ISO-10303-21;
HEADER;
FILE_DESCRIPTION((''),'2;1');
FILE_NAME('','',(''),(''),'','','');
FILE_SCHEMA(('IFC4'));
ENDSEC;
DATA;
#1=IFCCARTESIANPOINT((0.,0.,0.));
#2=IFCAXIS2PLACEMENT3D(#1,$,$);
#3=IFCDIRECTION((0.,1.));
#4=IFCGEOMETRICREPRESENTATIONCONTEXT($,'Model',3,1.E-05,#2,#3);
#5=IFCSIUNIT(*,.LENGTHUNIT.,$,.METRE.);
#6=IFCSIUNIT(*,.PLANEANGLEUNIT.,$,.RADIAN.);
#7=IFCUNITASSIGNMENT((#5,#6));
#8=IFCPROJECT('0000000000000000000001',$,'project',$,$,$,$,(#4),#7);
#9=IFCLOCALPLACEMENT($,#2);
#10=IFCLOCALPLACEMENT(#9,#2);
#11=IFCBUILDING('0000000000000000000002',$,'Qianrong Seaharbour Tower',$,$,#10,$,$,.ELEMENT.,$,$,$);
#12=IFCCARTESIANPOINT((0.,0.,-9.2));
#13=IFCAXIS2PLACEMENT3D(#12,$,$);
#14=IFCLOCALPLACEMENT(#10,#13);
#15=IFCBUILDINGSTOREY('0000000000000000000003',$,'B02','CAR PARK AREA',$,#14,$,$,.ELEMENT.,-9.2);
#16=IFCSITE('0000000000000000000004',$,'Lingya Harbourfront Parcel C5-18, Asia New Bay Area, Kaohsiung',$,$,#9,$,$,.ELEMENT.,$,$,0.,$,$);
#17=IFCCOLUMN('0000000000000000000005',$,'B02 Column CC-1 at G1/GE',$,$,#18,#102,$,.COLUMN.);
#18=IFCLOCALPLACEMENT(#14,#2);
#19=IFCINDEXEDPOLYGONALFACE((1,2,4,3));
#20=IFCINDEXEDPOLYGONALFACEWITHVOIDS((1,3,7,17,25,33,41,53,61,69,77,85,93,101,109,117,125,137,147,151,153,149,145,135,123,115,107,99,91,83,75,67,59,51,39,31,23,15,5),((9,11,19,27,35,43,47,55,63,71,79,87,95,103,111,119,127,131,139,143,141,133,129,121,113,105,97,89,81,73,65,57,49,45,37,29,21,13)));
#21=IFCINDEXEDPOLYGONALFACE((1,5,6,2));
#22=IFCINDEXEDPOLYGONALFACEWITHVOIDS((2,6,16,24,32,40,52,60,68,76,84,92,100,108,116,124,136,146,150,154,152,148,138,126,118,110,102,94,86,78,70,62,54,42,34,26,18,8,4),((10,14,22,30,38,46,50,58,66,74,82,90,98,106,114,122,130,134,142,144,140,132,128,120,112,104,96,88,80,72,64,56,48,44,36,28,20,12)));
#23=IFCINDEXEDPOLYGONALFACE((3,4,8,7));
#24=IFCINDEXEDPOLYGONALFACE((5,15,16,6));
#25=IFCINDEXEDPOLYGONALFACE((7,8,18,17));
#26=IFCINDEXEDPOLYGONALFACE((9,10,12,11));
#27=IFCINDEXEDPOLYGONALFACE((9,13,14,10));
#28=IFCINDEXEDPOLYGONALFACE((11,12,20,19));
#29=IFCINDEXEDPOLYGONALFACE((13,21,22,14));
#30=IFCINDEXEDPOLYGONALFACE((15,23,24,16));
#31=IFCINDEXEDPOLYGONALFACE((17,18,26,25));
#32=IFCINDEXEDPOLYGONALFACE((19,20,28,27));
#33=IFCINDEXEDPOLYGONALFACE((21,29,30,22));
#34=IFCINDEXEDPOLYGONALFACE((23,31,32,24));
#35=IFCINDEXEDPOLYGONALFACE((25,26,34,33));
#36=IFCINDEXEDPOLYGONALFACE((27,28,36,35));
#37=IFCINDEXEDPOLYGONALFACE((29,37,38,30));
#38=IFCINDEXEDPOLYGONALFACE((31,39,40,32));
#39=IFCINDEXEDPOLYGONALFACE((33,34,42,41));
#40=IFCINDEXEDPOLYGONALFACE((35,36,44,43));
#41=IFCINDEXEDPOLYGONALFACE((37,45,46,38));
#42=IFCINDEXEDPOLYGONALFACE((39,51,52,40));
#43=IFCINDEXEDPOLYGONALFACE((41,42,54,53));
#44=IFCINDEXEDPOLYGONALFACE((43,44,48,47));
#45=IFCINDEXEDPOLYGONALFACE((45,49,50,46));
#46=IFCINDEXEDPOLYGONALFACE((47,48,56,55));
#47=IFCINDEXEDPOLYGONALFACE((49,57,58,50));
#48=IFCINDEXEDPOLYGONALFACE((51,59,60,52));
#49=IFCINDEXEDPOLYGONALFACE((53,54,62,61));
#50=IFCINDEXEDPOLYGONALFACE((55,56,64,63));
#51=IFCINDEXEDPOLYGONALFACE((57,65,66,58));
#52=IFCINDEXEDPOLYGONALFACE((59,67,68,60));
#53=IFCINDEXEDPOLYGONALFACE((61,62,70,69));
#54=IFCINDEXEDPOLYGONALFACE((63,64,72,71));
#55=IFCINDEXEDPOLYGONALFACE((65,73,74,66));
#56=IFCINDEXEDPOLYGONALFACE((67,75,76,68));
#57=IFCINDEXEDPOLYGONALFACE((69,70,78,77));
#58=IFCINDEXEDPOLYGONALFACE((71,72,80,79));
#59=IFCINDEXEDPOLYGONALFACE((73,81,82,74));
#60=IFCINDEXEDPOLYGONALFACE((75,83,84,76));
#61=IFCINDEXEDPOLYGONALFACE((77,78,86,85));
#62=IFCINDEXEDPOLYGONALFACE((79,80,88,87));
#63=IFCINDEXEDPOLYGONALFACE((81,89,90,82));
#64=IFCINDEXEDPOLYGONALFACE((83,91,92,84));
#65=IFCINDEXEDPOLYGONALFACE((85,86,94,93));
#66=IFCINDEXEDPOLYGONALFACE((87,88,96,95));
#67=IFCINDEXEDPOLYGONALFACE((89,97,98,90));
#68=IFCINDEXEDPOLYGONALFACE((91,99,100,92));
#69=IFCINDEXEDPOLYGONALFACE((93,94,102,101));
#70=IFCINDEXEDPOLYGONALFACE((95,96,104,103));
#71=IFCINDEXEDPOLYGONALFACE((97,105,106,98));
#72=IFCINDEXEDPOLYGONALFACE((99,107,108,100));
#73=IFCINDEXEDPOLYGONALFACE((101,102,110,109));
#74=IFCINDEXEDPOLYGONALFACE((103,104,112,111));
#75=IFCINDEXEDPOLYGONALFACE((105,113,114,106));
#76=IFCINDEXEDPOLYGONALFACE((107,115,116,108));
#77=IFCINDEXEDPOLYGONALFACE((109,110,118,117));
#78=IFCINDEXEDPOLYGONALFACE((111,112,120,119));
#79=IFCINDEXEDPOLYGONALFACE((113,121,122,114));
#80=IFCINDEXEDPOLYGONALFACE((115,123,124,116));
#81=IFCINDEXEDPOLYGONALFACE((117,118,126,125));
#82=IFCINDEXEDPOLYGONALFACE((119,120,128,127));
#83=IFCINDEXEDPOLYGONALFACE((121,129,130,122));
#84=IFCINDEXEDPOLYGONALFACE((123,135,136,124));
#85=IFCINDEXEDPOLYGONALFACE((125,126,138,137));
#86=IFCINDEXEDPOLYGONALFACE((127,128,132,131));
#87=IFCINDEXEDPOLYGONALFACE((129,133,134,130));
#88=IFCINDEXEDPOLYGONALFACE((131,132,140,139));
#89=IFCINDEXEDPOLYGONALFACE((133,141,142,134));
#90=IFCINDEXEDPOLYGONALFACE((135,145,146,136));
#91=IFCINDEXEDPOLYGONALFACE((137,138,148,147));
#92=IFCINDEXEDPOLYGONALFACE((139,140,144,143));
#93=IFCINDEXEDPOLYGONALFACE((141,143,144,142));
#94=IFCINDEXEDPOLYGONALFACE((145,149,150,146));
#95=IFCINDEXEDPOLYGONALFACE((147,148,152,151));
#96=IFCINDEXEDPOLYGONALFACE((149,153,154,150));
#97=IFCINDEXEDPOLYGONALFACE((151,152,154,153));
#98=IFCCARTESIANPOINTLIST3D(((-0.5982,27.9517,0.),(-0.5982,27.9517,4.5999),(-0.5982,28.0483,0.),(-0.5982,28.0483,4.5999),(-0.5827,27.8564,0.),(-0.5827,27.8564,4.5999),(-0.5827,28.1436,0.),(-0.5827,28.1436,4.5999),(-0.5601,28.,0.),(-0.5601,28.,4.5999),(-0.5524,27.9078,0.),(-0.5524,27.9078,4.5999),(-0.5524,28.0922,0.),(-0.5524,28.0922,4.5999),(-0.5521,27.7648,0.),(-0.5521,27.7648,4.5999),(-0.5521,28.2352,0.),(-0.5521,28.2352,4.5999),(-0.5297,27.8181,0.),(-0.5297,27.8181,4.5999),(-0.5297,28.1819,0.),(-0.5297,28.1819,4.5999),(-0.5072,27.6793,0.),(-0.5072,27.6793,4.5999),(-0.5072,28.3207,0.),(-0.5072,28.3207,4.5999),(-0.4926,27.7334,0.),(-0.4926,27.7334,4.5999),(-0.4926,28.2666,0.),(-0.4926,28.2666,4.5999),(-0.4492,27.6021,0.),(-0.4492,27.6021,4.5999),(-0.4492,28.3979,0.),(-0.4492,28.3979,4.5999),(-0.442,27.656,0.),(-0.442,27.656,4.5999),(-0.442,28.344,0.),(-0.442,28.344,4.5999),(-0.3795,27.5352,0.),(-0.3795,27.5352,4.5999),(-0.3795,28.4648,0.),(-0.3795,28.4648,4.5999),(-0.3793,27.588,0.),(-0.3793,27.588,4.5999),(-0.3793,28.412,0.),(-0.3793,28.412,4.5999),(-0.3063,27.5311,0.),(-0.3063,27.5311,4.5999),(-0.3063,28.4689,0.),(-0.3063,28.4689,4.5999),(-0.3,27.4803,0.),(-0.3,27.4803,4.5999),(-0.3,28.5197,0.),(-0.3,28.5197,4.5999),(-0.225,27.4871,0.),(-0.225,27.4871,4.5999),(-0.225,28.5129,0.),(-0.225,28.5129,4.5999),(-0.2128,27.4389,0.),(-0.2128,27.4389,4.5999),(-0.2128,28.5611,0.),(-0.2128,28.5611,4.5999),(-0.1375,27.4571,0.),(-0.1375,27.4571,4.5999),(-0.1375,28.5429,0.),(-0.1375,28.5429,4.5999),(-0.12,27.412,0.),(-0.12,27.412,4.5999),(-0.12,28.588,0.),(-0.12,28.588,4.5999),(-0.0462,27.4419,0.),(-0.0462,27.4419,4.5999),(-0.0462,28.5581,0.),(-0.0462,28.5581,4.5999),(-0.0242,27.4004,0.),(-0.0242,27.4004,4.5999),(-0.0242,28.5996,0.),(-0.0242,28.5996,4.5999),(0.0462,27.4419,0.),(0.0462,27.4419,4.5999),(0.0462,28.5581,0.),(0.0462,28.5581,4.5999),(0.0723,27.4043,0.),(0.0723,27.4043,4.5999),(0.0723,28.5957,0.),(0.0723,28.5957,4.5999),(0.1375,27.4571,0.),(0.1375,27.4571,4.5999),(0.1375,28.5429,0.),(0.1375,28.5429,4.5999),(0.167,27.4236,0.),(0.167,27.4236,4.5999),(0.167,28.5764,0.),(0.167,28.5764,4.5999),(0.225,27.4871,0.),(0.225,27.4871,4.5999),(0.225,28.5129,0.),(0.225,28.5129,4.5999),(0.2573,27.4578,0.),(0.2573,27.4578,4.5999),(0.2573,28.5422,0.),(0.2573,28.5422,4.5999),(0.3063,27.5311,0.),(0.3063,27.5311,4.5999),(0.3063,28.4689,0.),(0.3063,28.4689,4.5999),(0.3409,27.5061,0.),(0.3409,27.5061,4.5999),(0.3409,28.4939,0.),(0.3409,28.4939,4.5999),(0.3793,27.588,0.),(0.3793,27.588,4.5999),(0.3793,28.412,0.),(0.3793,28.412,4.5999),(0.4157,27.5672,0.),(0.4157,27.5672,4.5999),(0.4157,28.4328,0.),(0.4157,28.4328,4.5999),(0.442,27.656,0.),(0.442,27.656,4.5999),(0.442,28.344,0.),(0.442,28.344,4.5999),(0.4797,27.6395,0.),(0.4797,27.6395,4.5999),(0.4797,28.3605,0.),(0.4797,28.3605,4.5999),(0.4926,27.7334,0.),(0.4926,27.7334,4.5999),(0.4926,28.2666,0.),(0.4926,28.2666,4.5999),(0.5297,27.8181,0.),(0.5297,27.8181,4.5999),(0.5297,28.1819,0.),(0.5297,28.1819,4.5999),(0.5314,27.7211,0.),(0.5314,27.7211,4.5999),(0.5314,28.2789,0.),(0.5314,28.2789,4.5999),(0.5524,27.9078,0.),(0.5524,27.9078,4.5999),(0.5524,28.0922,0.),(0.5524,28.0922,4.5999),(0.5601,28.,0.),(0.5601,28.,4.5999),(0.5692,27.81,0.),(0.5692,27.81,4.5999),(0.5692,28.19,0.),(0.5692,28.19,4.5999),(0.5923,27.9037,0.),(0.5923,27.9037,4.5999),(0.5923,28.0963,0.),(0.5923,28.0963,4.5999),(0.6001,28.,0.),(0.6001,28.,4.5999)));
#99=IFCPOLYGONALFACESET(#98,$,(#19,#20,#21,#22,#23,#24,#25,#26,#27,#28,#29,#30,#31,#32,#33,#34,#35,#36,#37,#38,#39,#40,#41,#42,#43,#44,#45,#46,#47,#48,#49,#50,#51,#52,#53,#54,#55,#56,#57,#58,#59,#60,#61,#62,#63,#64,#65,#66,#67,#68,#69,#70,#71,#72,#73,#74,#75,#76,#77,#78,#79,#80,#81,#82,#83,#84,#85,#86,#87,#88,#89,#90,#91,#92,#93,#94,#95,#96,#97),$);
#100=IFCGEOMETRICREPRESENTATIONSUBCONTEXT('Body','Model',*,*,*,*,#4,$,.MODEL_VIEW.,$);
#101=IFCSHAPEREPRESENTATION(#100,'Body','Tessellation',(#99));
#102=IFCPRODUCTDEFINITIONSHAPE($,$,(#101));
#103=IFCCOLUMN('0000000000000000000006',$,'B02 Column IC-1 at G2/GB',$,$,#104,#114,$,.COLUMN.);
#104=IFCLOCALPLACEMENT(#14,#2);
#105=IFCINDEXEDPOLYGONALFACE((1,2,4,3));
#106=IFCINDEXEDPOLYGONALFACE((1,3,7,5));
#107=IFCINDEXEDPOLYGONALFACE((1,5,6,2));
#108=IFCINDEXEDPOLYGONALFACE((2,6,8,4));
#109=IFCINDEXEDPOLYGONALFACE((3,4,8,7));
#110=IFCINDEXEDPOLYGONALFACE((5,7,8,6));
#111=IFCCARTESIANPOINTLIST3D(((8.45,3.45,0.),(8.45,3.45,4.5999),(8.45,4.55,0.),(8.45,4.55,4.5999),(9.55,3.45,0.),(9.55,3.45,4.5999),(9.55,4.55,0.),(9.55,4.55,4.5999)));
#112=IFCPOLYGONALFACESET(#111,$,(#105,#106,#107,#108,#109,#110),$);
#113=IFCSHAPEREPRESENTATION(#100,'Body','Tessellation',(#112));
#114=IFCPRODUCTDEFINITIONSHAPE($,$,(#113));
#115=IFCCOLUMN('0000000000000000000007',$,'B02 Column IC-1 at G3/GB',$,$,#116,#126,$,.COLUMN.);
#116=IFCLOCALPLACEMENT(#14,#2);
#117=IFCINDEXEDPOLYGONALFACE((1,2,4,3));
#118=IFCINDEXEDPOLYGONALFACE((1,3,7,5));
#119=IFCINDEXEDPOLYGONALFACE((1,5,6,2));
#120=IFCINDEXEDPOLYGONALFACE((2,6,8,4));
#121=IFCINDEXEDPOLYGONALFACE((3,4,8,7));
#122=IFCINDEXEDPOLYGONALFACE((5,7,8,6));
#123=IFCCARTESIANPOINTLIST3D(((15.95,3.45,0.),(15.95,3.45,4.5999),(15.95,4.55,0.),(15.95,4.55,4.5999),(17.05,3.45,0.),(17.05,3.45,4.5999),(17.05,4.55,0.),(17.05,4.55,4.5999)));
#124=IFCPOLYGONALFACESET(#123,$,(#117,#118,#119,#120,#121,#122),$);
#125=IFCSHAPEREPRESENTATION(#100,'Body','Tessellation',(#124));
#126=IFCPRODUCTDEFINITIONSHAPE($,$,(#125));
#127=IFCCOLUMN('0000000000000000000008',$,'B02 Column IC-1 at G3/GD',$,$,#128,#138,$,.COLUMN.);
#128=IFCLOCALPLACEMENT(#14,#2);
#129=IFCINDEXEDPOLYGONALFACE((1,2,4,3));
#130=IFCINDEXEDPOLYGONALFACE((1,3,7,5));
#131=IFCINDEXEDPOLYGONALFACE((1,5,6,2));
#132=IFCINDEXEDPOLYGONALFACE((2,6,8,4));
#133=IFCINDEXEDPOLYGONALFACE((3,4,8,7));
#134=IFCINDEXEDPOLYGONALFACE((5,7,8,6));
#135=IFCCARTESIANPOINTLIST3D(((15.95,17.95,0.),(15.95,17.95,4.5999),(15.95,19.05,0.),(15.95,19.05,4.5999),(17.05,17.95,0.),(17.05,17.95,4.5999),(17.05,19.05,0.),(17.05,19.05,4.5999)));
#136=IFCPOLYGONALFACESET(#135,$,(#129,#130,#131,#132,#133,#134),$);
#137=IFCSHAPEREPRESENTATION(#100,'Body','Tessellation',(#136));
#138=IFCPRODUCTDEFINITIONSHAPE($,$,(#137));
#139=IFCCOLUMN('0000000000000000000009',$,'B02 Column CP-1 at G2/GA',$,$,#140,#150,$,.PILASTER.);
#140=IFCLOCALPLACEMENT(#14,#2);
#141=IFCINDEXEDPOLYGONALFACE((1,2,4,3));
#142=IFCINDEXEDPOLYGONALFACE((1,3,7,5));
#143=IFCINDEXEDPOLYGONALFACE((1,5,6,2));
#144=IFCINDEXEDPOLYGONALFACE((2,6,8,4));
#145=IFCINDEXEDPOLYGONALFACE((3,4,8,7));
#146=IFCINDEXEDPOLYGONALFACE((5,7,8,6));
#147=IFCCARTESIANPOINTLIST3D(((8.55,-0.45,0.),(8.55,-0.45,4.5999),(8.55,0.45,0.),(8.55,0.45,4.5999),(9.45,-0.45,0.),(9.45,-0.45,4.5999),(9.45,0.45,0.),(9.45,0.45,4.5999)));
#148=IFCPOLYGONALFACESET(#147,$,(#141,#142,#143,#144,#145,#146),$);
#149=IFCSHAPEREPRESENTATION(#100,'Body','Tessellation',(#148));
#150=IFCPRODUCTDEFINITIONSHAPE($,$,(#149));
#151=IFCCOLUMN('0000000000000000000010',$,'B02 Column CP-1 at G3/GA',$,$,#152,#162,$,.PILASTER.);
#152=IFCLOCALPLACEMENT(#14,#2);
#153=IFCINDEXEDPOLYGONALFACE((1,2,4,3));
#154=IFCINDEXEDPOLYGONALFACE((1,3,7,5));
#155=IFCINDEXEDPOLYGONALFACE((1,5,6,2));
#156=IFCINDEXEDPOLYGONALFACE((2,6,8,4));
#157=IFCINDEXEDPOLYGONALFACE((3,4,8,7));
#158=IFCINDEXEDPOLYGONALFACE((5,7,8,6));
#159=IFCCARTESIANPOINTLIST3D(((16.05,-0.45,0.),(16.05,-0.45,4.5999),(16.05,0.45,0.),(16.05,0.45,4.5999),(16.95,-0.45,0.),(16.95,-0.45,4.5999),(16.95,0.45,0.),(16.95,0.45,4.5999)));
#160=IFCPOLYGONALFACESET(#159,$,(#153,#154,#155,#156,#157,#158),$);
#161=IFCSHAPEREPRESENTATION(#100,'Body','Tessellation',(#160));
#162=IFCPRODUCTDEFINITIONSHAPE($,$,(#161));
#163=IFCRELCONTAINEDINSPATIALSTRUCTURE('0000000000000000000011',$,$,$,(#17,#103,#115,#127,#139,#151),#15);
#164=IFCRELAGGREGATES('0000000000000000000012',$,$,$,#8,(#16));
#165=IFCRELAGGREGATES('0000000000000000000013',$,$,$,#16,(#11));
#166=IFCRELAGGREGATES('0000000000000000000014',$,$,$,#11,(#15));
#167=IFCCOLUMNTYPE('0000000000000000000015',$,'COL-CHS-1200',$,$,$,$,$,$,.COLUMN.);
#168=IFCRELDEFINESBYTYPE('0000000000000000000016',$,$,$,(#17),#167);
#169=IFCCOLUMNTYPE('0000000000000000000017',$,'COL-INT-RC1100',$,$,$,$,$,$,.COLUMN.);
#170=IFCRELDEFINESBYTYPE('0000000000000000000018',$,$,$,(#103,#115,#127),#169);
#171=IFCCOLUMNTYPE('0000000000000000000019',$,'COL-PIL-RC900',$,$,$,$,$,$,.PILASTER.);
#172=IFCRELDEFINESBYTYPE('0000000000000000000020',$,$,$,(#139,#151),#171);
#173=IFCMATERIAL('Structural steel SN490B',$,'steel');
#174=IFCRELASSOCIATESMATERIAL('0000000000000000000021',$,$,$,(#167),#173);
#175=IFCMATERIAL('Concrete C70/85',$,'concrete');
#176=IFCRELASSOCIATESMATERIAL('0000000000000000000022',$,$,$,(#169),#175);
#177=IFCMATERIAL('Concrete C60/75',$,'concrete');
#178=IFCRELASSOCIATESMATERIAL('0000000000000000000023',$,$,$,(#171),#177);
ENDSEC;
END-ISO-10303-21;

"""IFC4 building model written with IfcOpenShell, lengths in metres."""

from ifc_helpers import new_model, si_unit, direction, frame, origin, origin_2d, place, context, subcontext, project, spatial, rectangle, hollow_circle, extrude, material, material_profile, profile_set, type_object, element, save


model = new_model("IFC4")

# Units and contexts
model_context = context("Model", 3, precision=1e-05, world=origin(), true_north=direction((0.0, 1.0)))
body_context = subcontext(model_context, "Body", "Model", "MODEL_VIEW")
ifc_project = project(units=[si_unit("LENGTHUNIT", "METRE"), si_unit("PLANEANGLEUNIT", "RADIAN")], contexts=[model_context])

# Site, building, storey
site_placement = place(None, origin())
site = spatial("IfcSite", under=ifc_project, at=site_placement, Name="Lingya Harbourfront Parcel C5-18, Asia New Bay Area, Kaohsiung", CompositionType="ELEMENT", RefElevation=0.0)
building_placement = place(site_placement, origin())
building = spatial("IfcBuilding", under=site, at=building_placement, Name="Qianrong Seaharbour Tower", CompositionType="ELEMENT")
storey_placement = place(building_placement, frame((0.0, 0.0, -9.2)))
storey = spatial("IfcBuildingStorey", under=building, at=storey_placement, Name="B02", Description="CAR PARK AREA", CompositionType="ELEMENT", Elevation=-9.2)

# Columns
ifc_material_1 = material(Name="Structural steel SN490B", Category="steel")
ifc_material_profile_1 = material_profile(ifc_material_1, hollow_circle(Radius=0.6001, WallThickness=0.04, at=origin_2d()), Name="CHS1200x40")
ifc_profile_set_1 = profile_set([ifc_material_profile_1], Name="Structural steel SN490B")
column_type_1 = type_object("IfcColumnType", Name="COL-CHS-1200", PredefinedType="COLUMN", material=ifc_profile_set_1)
for number, where, z_axis, x_axis, name in (
    (1, (0.0, 28.0, 0.0), (0.0, 0.0, 1.0), (1.0, 0.0, 0.0), "B02 Column CC-1 at G1/GE"),
):
    element("IfcColumn", number, at=place(storey_placement, frame(where, z_axis=z_axis, x_axis=x_axis)), inside=storey, type_object=column_type_1, Name=name, PredefinedType="COLUMN", context=body_context, shape_type="SweptSolid", body=[
        extrude(hollow_circle(Radius=0.6001, WallThickness=0.04, at=origin_2d()), origin(), (0.0, 0.0, 1.0), 4.5999),
    ])
ifc_material_2 = material(Name="Concrete C70/85", Category="concrete")
ifc_material_profile_2 = material_profile(ifc_material_2, rectangle(XDim=1.1001, YDim=1.1001, at=origin_2d()), Name="RC1100x1100")
ifc_profile_set_2 = profile_set([ifc_material_profile_2], Name="Concrete C70/85")
column_type_2 = type_object("IfcColumnType", Name="COL-INT-RC1100", PredefinedType="COLUMN", material=ifc_profile_set_2)
for number, where, z_axis, x_axis, name in (
    (2, (9.0, 4.0, 0.0), (0.0, 0.0, 1.0), (1.0, 0.0, 0.0), "B02 Column IC-1 at G2/GB"),
    (3, (16.5, 4.0, 0.0), (0.0, 0.0, 1.0), (1.0, 0.0, 0.0), "B02 Column IC-1 at G3/GB"),
    (4, (16.5, 18.5, 0.0), (0.0, 0.0, 1.0), (1.0, 0.0, 0.0), "B02 Column IC-1 at G3/GD"),
):
    element("IfcColumn", number, at=place(storey_placement, frame(where, z_axis=z_axis, x_axis=x_axis)), inside=storey, type_object=column_type_2, Name=name, PredefinedType="COLUMN", context=body_context, shape_type="SweptSolid", body=[
        extrude(rectangle(XDim=1.1001, YDim=1.1001, at=origin_2d()), origin(), (0.0, 0.0, 1.0), 4.5999),
    ])
ifc_material_3 = material(Name="Concrete C60/75", Category="concrete")
ifc_material_profile_3 = material_profile(ifc_material_3, rectangle(XDim=0.8999, YDim=0.8999, at=origin_2d()), Name="RC900x900")
ifc_profile_set_3 = profile_set([ifc_material_profile_3], Name="Concrete C60/75")
column_type_3 = type_object("IfcColumnType", Name="COL-PIL-RC900", PredefinedType="PILASTER", material=ifc_profile_set_3)
for number, where, z_axis, x_axis, name in (
    (5, (9.0, 0.0, 0.0), (0.0, 0.0, 1.0), (1.0, 0.0, 0.0), "B02 Column CP-1 at G2/GA"),
    (6, (16.5, 0.0, 0.0), (0.0, 0.0, 1.0), (1.0, 0.0, 0.0), "B02 Column CP-1 at G3/GA"),
):
    element("IfcColumn", number, at=place(storey_placement, frame(where, z_axis=z_axis, x_axis=x_axis)), inside=storey, type_object=column_type_3, Name=name, PredefinedType="PILASTER", context=body_context, shape_type="SweptSolid", body=[
        extrude(rectangle(XDim=0.8999, YDim=0.8999, at=origin_2d()), origin(), (0.0, 0.0, 1.0), 4.5999),
    ])

save(model, "model.ifc")
